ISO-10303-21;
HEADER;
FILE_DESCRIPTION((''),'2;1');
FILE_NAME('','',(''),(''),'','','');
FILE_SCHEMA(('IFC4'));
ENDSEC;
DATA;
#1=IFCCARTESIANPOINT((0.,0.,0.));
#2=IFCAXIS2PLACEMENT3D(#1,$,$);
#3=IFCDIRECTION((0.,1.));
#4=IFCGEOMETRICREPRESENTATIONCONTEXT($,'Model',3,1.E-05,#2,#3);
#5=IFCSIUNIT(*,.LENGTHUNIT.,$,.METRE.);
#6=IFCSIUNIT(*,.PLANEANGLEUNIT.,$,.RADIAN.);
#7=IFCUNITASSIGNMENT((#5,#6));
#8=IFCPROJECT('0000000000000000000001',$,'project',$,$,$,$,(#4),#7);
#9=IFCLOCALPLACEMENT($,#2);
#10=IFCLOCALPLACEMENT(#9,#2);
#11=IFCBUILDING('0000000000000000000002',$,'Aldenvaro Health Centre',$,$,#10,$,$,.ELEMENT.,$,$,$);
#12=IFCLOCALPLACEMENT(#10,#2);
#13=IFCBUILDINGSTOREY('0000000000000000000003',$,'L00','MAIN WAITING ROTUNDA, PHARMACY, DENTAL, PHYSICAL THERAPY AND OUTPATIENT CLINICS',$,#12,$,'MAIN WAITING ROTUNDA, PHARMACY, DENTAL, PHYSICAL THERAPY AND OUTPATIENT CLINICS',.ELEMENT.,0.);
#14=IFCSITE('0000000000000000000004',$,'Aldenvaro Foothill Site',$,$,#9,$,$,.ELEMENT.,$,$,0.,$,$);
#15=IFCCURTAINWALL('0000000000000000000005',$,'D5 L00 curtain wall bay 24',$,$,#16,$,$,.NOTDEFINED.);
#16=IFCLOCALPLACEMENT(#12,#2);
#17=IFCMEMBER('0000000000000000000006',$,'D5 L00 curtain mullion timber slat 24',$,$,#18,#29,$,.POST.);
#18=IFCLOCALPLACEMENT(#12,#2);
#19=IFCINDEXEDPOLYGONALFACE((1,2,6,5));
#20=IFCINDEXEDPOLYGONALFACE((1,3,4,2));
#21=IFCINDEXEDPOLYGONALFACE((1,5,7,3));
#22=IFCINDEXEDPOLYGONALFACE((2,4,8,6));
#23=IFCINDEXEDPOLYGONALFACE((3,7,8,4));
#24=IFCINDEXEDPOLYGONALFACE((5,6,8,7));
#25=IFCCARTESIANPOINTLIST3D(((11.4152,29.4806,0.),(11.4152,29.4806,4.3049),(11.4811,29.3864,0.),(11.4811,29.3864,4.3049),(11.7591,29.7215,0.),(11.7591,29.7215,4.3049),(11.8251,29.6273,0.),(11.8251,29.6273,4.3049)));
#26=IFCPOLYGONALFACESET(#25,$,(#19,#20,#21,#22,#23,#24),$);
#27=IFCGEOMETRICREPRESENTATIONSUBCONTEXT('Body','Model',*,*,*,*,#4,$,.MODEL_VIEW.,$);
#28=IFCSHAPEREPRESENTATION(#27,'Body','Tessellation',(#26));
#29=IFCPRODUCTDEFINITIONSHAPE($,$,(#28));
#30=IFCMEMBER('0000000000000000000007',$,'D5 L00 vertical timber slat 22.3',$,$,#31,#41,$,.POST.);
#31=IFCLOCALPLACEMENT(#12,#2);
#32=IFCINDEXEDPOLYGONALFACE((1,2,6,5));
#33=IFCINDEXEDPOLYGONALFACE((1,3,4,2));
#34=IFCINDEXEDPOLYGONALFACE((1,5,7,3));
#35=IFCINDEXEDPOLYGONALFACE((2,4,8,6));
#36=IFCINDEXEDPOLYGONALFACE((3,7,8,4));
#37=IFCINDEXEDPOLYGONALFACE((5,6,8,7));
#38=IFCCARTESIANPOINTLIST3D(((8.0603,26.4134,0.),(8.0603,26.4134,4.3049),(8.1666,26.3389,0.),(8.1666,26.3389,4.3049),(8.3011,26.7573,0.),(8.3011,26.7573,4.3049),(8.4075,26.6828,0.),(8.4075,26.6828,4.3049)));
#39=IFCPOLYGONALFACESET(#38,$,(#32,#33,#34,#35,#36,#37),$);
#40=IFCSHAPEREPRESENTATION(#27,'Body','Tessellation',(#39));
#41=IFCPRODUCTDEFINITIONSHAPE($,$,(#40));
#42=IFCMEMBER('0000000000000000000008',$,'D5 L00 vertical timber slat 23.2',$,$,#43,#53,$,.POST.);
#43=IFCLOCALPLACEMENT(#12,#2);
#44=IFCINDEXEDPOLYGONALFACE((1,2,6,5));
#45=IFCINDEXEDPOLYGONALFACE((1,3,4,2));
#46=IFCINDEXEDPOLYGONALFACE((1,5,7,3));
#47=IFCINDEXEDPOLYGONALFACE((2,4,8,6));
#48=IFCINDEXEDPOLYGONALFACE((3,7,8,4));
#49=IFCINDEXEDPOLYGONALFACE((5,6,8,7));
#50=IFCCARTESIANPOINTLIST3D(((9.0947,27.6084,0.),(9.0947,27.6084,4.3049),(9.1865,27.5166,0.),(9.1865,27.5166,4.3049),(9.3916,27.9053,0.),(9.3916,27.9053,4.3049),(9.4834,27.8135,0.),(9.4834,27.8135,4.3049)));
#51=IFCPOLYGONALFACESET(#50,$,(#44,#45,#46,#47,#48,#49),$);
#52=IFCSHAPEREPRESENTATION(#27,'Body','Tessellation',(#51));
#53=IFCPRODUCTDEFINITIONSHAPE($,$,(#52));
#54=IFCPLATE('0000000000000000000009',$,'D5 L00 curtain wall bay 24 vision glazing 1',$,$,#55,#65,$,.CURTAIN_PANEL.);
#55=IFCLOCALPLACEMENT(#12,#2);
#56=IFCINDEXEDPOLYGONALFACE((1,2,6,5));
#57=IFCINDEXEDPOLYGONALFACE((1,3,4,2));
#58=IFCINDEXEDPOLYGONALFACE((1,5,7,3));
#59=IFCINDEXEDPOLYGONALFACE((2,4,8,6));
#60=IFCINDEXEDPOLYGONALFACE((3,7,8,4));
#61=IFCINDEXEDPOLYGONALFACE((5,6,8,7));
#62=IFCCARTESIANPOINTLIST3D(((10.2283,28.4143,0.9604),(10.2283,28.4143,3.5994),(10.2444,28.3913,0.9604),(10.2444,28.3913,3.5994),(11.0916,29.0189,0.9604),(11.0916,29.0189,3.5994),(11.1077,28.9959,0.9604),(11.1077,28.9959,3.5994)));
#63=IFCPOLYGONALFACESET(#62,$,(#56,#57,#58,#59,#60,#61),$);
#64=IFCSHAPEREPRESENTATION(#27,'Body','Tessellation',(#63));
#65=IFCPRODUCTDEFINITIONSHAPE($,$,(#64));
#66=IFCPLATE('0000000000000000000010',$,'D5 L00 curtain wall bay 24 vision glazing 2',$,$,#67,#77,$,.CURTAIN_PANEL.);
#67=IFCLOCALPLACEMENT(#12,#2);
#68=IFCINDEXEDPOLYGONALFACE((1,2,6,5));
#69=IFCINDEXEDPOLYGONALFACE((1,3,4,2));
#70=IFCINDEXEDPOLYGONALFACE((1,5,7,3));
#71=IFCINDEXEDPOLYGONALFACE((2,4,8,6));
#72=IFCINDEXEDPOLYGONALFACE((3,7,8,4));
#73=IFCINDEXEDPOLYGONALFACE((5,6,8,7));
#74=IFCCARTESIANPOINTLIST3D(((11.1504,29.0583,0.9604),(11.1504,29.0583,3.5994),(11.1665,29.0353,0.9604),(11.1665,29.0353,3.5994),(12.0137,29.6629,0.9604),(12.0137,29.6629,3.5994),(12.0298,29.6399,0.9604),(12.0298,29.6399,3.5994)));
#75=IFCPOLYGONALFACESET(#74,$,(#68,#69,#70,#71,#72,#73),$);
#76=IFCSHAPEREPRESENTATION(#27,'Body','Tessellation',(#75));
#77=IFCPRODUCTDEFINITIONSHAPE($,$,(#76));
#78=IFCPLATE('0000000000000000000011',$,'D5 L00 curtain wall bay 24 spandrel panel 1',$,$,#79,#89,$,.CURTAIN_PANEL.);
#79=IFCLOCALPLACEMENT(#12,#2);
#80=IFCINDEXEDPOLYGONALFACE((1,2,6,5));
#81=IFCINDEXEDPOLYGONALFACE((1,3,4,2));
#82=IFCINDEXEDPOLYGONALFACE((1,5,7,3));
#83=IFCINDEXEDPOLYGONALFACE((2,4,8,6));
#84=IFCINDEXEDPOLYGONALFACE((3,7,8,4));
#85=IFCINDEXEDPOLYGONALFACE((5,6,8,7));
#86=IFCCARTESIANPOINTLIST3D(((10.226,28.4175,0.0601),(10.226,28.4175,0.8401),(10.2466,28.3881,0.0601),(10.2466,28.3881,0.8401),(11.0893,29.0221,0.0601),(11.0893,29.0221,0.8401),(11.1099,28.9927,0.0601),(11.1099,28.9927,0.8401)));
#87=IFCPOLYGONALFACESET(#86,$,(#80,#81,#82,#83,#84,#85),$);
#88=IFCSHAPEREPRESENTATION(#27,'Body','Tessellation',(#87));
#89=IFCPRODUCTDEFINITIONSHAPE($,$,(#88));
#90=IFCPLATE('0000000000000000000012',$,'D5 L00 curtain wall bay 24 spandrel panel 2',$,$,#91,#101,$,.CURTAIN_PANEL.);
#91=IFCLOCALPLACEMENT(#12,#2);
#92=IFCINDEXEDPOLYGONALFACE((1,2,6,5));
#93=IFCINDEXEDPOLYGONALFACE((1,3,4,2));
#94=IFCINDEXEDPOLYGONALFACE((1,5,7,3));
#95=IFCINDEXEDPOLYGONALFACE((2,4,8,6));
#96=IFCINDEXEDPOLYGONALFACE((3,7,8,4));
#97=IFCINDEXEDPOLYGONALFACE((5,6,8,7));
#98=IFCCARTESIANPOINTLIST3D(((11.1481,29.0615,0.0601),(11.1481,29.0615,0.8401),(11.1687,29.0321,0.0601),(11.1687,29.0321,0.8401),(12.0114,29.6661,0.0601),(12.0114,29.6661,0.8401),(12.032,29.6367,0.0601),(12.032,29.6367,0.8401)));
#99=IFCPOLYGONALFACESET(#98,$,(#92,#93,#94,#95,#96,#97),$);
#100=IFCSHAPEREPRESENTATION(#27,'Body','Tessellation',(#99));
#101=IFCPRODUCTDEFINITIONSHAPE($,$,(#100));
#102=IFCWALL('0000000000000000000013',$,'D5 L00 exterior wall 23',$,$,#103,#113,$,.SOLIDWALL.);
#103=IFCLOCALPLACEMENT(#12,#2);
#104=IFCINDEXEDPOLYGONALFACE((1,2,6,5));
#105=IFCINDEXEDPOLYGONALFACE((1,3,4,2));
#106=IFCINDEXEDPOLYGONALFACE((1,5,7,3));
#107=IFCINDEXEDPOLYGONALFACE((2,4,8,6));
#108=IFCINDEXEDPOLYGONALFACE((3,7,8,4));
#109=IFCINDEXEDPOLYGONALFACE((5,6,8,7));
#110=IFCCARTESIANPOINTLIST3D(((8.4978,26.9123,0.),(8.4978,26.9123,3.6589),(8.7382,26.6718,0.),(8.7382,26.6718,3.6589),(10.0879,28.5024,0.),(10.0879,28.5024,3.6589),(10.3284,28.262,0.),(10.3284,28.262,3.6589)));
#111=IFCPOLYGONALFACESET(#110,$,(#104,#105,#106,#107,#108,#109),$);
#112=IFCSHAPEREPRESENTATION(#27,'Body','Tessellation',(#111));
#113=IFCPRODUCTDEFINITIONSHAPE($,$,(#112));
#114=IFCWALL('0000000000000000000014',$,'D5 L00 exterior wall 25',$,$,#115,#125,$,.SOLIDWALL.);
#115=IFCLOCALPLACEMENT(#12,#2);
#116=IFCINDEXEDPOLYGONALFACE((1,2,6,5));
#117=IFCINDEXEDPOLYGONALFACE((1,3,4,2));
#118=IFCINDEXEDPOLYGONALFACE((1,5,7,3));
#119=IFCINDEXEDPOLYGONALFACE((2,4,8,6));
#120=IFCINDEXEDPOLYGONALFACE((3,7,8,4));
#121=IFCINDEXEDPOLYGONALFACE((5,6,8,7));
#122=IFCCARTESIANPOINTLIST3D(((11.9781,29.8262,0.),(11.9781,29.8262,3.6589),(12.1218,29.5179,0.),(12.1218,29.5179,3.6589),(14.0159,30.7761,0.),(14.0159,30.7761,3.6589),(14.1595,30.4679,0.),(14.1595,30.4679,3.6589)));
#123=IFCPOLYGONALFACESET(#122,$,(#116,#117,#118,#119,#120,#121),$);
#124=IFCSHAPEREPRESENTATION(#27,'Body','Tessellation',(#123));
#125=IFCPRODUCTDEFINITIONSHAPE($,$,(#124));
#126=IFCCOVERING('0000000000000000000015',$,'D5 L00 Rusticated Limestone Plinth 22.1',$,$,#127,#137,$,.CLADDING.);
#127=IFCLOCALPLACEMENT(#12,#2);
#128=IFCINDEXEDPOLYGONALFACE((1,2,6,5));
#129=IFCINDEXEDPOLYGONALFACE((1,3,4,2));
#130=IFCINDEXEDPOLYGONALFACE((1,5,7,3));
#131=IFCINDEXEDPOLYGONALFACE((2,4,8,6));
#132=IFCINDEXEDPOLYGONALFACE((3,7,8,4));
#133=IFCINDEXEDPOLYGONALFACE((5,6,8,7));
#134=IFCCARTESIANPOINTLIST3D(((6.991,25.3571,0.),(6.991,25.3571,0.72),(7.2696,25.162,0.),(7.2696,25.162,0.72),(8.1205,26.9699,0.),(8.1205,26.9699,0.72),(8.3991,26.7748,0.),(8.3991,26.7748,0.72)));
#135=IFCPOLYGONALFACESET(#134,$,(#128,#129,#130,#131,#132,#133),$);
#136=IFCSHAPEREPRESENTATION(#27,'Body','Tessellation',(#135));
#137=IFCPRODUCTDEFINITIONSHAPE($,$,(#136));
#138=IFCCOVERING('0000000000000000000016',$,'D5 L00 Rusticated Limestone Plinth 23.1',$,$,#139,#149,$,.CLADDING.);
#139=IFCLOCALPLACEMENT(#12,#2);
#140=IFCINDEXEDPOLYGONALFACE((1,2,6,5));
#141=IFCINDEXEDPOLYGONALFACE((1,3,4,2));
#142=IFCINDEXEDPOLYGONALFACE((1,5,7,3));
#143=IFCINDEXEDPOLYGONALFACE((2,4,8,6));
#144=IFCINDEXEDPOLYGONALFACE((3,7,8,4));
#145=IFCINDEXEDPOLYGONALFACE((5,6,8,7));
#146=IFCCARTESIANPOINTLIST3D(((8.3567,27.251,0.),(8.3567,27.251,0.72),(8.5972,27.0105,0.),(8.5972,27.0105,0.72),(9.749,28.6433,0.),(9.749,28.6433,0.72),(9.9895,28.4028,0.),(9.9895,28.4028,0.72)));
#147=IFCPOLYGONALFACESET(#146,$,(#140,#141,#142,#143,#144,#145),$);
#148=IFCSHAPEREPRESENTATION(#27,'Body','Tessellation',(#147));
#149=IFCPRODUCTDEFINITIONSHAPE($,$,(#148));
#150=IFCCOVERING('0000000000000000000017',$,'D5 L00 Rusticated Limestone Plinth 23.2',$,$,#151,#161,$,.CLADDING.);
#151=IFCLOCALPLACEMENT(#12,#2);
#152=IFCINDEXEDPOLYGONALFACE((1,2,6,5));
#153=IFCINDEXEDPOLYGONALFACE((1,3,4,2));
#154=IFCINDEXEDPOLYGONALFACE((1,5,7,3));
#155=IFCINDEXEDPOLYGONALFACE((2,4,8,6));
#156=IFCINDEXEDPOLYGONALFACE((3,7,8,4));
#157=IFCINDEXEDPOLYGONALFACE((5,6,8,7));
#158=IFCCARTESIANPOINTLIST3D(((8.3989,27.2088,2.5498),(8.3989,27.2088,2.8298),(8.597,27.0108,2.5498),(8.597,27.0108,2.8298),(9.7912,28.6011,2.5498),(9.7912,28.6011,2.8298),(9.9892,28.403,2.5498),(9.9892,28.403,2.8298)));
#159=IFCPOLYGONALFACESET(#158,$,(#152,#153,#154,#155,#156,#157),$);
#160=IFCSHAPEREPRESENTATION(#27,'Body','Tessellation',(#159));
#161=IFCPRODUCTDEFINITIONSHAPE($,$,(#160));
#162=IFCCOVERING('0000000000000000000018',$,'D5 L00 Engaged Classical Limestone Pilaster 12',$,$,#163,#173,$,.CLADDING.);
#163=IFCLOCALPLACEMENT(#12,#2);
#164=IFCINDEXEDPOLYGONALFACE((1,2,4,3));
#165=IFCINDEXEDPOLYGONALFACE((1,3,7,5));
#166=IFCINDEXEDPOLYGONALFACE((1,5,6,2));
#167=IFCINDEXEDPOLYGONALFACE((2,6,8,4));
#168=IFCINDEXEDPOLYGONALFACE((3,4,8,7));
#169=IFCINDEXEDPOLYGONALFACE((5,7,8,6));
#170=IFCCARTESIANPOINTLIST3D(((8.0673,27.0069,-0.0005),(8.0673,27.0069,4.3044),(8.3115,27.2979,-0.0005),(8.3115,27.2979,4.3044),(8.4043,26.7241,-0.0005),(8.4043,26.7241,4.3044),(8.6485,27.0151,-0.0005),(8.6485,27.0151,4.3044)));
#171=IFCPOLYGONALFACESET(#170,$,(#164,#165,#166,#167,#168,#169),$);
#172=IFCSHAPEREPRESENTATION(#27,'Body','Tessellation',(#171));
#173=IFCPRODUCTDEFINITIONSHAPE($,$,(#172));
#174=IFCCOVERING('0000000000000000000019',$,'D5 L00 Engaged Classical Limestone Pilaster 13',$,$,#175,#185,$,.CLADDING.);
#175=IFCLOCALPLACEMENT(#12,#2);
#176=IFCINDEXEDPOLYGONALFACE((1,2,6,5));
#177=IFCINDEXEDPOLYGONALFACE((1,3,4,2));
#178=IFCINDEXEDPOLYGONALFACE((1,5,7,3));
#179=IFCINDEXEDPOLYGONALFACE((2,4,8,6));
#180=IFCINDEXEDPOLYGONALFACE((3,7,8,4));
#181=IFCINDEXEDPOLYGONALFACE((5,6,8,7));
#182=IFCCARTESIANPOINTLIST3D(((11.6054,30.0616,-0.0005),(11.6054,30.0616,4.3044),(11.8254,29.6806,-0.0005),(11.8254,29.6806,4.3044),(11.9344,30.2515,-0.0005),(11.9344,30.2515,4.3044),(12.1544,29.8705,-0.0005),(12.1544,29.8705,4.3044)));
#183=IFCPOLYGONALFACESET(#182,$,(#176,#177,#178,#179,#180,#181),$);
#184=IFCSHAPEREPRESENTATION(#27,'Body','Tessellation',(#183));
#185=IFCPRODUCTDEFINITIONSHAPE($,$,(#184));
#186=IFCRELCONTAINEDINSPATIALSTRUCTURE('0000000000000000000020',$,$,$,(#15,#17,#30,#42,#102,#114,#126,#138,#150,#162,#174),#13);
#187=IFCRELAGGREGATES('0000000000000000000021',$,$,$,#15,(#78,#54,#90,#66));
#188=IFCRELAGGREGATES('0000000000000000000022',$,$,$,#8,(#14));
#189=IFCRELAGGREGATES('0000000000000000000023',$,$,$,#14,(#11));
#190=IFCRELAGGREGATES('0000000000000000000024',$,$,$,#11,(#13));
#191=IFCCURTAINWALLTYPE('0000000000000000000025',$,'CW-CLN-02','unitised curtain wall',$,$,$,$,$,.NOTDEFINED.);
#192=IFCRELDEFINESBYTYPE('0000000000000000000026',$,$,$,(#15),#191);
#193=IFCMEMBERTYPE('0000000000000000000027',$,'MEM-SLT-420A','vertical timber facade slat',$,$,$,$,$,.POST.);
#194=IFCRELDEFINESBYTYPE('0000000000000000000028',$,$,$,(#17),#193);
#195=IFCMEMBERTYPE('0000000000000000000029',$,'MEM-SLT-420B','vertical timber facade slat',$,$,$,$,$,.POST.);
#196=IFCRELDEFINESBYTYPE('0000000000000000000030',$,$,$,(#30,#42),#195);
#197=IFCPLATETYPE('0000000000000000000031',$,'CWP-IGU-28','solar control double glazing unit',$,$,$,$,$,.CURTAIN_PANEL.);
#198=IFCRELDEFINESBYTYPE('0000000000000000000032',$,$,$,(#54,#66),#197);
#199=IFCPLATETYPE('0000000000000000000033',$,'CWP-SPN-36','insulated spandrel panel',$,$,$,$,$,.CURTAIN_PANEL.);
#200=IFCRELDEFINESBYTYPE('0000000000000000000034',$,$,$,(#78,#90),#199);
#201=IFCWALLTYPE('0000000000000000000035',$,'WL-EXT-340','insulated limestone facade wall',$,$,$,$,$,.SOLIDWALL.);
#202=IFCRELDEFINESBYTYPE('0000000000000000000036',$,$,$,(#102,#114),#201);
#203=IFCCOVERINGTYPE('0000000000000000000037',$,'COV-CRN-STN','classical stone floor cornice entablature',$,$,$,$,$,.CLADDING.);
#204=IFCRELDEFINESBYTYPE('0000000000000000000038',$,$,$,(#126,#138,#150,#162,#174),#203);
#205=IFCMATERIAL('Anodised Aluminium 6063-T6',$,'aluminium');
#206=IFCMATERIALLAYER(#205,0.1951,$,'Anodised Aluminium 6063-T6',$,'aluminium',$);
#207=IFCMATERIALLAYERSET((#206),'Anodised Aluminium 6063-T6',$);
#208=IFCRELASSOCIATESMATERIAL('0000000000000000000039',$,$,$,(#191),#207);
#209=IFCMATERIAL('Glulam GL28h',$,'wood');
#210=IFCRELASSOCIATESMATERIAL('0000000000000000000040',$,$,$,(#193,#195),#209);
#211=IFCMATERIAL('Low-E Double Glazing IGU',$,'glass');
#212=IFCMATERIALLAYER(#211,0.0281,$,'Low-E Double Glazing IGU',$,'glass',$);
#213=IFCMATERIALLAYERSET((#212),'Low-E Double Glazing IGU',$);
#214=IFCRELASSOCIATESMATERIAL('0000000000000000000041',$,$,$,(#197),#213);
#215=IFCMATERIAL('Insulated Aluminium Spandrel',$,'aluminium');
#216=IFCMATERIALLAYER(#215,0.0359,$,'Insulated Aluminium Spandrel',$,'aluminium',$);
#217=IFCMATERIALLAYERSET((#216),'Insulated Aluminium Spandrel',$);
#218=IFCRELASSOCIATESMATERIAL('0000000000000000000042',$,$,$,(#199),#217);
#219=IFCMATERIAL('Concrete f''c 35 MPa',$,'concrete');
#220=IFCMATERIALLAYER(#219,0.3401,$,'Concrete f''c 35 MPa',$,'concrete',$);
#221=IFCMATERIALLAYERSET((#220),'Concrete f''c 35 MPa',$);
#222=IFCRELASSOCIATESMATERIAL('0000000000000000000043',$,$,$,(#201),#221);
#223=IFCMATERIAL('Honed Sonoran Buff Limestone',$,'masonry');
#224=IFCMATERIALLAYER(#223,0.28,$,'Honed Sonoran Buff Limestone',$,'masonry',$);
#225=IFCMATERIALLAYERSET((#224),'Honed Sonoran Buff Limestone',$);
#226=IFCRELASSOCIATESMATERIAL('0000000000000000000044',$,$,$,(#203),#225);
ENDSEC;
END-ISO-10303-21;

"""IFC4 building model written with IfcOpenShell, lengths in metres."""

from ifc_helpers import new_model, si_unit, direction, frame, frame_2d, origin, origin_2d, place, context, subcontext, project, spatial, rectangle, extrude, material, layer, layer_set, material_profile, profile_set, type_object, element, aggregate, save


model = new_model("IFC4")

# Units and contexts
model_context = context("Model", 3, precision=1e-05, world=origin(), true_north=direction((0.0, 1.0)))
body_context = subcontext(model_context, "Body", "Model", "MODEL_VIEW")
ifc_project = project(units=[si_unit("LENGTHUNIT", "METRE"), si_unit("PLANEANGLEUNIT", "RADIAN")], contexts=[model_context])

# Site, building, storey
site_placement = place(None, origin())
site = spatial("IfcSite", under=ifc_project, at=site_placement, Name="Aldenvaro Foothill Site", CompositionType="ELEMENT", RefElevation=0.0)
building_placement = place(site_placement, origin())
building = spatial("IfcBuilding", under=site, at=building_placement, Name="Aldenvaro Health Centre", CompositionType="ELEMENT")
storey_placement = place(building_placement, origin())
storey = spatial("IfcBuildingStorey", under=building, at=storey_placement, Name="L00", Description="MAIN WAITING ROTUNDA, PHARMACY, DENTAL, PHYSICAL THERAPY AND OUTPATIENT CLINICS", LongName="MAIN WAITING ROTUNDA, PHARMACY, DENTAL, PHYSICAL THERAPY AND OUTPATIENT CLINICS", CompositionType="ELEMENT", Elevation=0.0)

# Shared definitions
ifc_material_1 = material(Name="Glulam GL28h", Category="wood")

# Curtain wall
ifc_material_2 = material(Name="Anodised Aluminium 6063-T6", Category="aluminium")
ifc_layer_1 = layer(ifc_material_2, 0.1951, Name="Anodised Aluminium 6063-T6", Category="aluminium")
ifc_layer_set_1 = layer_set([ifc_layer_1], Name="Anodised Aluminium 6063-T6")
curtain_wall_type = type_object("IfcCurtainWallType", Name="CW-CLN-02", Description="unitised curtain wall", PredefinedType="NOTDEFINED", material=ifc_layer_set_1)
curtain_wall_placement = place(storey_placement, origin())
curtain_wall = element("IfcCurtainWall", 1, at=curtain_wall_placement, inside=storey, type_object=curtain_wall_type, Name="D5 L00 curtain wall bay 24", PredefinedType="NOTDEFINED")

# Members
ifc_material_profile_1 = material_profile(ifc_material_1, rectangle(XDim=0.115, YDim=0.4199, at=origin_2d()), Name="GL 115x420", Category="wood")
ifc_profile_set_1 = profile_set([ifc_material_profile_1], Name="Glulam GL28h")
member_type_1 = type_object("IfcMemberType", Name="MEM-SLT-420A", Description="vertical timber facade slat", PredefinedType="POST", material=ifc_profile_set_1)
for number, where, z_axis, x_axis, name in (
    (2, (11.6201, 29.554, 0.0), (0.0, 0.0, 1.0), (-0.573641, 0.819107, 0.0), "D5 L00 curtain mullion timber slat 24"),
):
    element("IfcMember", number, at=place(storey_placement, frame(where, z_axis=z_axis, x_axis=x_axis)), inside=storey, type_object=member_type_1, Name=name, PredefinedType="POST", context=body_context, shape_type="SweptSolid", body=[
        extrude(rectangle(XDim=0.115, YDim=0.4199, at=origin_2d()), origin(), (0.0, 0.0, 1.0), 4.3049),
    ])
ifc_material_profile_2 = material_profile(ifc_material_1, rectangle(XDim=0.1299, YDim=0.4199, at=origin_2d()), Name="GL 130x420", Category="wood")
ifc_profile_set_2 = profile_set([ifc_material_profile_2], Name="Glulam GL28h")
member_type_2 = type_object("IfcMemberType", Name="MEM-SLT-420B", Description="vertical timber facade slat", PredefinedType="POST", material=ifc_profile_set_2)
for number, where, z_axis, x_axis, name in (
    (3, (8.2339, 26.5481, 0.0), (0.0, 0.0, 1.0), (-0.819107, 0.573641, 0.0), "D5 L00 vertical timber slat 22.3"),
    (4, (9.2891, 27.7109, 0.0), (0.0, 0.0, 1.0), (-0.707107, 0.707107, 0.0), "D5 L00 vertical timber slat 23.2"),
):
    element("IfcMember", number, at=place(storey_placement, frame(where, z_axis=z_axis, x_axis=x_axis)), inside=storey, type_object=member_type_2, Name=name, PredefinedType="POST", context=body_context, shape_type="SweptSolid", body=[
        extrude(rectangle(XDim=0.1299, YDim=0.4199, at=origin_2d()), origin(), (0.0, 0.0, 1.0), 4.3049),
    ])

# Plates
ifc_material_3 = material(Name="Low-E Double Glazing IGU", Category="glass")
ifc_layer_2 = layer(ifc_material_3, 0.0281, Name="Low-E Double Glazing IGU", Category="glass")
ifc_layer_set_2 = layer_set([ifc_layer_2], Name="Low-E Double Glazing IGU")
plate_type_1 = type_object("IfcPlateType", Name="CWP-IGU-28", Description="solar control double glazing unit", PredefinedType="CURTAIN_PANEL", material=ifc_layer_set_2)
plate_1_placement = place(storey_placement, frame((10.668, 28.7051, 0.9604), z_axis=(0.0, 0.0, 1.0), x_axis=(0.819107, 0.573641, 0.0)))
plate_1 = element("IfcPlate", 5, at=plate_1_placement, type_object=plate_type_1, Name="D5 L00 curtain wall bay 24 vision glazing 1", PredefinedType="CURTAIN_PANEL", context=body_context, shape_type="SweptSolid", body=[
    extrude(rectangle(XDim=1.054, YDim=0.0281, at=origin_2d()), origin(), (0.0, 0.0, 1.0), 2.6389),
])
plate_2_placement = place(storey_placement, frame((11.5901, 29.3491, 0.9604), z_axis=(0.0, 0.0, 1.0), x_axis=(0.819107, 0.573641, 0.0)))
plate_2 = element("IfcPlate", 6, at=plate_2_placement, type_object=plate_type_1, Name="D5 L00 curtain wall bay 24 vision glazing 2", PredefinedType="CURTAIN_PANEL", context=body_context, shape_type="SweptSolid", body=[
    extrude(rectangle(XDim=1.054, YDim=0.0281, at=origin_2d()), origin(), (0.0, 0.0, 1.0), 2.6389),
])
ifc_material_4 = material(Name="Insulated Aluminium Spandrel", Category="aluminium")
ifc_layer_3 = layer(ifc_material_4, 0.0359, Name="Insulated Aluminium Spandrel", Category="aluminium")
ifc_layer_set_3 = layer_set([ifc_layer_3], Name="Insulated Aluminium Spandrel")
plate_type_2 = type_object("IfcPlateType", Name="CWP-SPN-36", Description="insulated spandrel panel", PredefinedType="CURTAIN_PANEL", material=ifc_layer_set_3)
plate_3_placement = place(storey_placement, frame((10.668, 28.7051, 0.0601), z_axis=(0.0, 0.0, 1.0), x_axis=(0.819107, 0.573641, 0.0)))
plate_3 = element("IfcPlate", 7, at=plate_3_placement, type_object=plate_type_2, Name="D5 L00 curtain wall bay 24 spandrel panel 1", PredefinedType="CURTAIN_PANEL", context=body_context, shape_type="SweptSolid", body=[
    extrude(rectangle(XDim=1.054, YDim=0.0359, at=origin_2d()), origin(), (0.0, 0.0, 1.0), 0.78),
])
plate_4_placement = place(storey_placement, frame((11.5901, 29.3491, 0.0601), z_axis=(0.0, 0.0, 1.0), x_axis=(0.819107, 0.573641, 0.0)))
plate_4 = element("IfcPlate", 8, at=plate_4_placement, type_object=plate_type_2, Name="D5 L00 curtain wall bay 24 spandrel panel 2", PredefinedType="CURTAIN_PANEL", context=body_context, shape_type="SweptSolid", body=[
    extrude(rectangle(XDim=1.054, YDim=0.0359, at=origin_2d()), origin(), (0.0, 0.0, 1.0), 0.78),
])
aggregate(curtain_wall, [plate_3, plate_1, plate_4, plate_2])

# Walls
ifc_material_5 = material(Name="Concrete f'c 35 MPa", Category="concrete")
ifc_layer_4 = layer(ifc_material_5, 0.3401, Name="Concrete f'c 35 MPa", Category="concrete")
ifc_layer_set_4 = layer_set([ifc_layer_4], Name="Concrete f'c 35 MPa")
wall_type = type_object("IfcWallType", Name="WL-EXT-340", Description="insulated limestone facade wall", PredefinedType="SOLIDWALL", material=ifc_layer_set_4)
wall_1_placement = place(storey_placement, frame((8.6179, 26.792, 0.0), z_axis=(0.0, 0.0, 1.0), x_axis=(0.707107, 0.707107, 0.0)))
element("IfcWall", 9, at=wall_1_placement, inside=storey, type_object=wall_type, Name="D5 L00 exterior wall 23", PredefinedType="SOLIDWALL", context=body_context, shape_type="SweptSolid", body=[
    extrude(rectangle(XDim=2.2488, YDim=0.3401, at=frame_2d((1.1245, 0.0))), origin(), (0.0, 0.0, 1.0), 3.6589),
])
wall_2_placement = place(storey_placement, frame((12.05, 29.6721, 0.0), z_axis=(0.0, 0.0, 1.0), x_axis=(0.906361, 0.422505, 0.0)))
element("IfcWall", 10, at=wall_2_placement, inside=storey, type_object=wall_type, Name="D5 L00 exterior wall 25", PredefinedType="SOLIDWALL", context=body_context, shape_type="SweptSolid", body=[
    extrude(rectangle(XDim=2.2483, YDim=0.3401, at=frame_2d((1.124, 0.0))), origin(), (0.0, 0.0, 1.0), 3.6589),
])

# Coverings
ifc_material_6 = material(Name="Honed Sonoran Buff Limestone", Category="masonry")
ifc_layer_5 = layer(ifc_material_6, 0.28, Name="Honed Sonoran Buff Limestone", Category="masonry")
ifc_layer_set_5 = layer_set([ifc_layer_5], Name="Honed Sonoran Buff Limestone")
covering_type = type_object("IfcCoveringType", Name="COV-CRN-STN", Description="classical stone floor cornice entablature", PredefinedType="CLADDING", material=ifc_layer_set_5)
for number, where, z_axis, x_axis, name in (
    (11, (7.6951, 26.0659, 0.0), (0.0, 0.0, 1.0), (0.573641, 0.819107, 0.0), "D5 L00 Rusticated Limestone Plinth 22.1"),
    (12, (9.1731, 27.8269, 0.0), (0.0, 0.0, 1.0), (0.707107, 0.707107, 0.0), "D5 L00 Rusticated Limestone Plinth 23.1"),
):
    element("IfcCovering", number, at=place(storey_placement, frame(where, z_axis=z_axis, x_axis=x_axis)), inside=storey, type_object=covering_type, Name=name, PredefinedType="CLADDING", context=body_context, shape_type="SweptSolid", body=[
        extrude(rectangle(XDim=1.969, YDim=0.3401, at=origin_2d()), origin(), (0.0, 0.0, 1.0), 0.72),
    ])
covering_placement = place(storey_placement, frame((9.1941, 27.8059, 2.5498), z_axis=(0.0, 0.0, 1.0), x_axis=(0.707107, 0.707107, 0.0)))
element("IfcCovering", 13, at=covering_placement, inside=storey, type_object=covering_type, Name="D5 L00 Rusticated Limestone Plinth 23.2", PredefinedType="CLADDING", context=body_context, shape_type="SweptSolid", body=[
    extrude(rectangle(XDim=1.969, YDim=0.28, at=origin_2d()), origin(), (0.0, 0.0, 1.0), 0.28),
])
for number, where, z_axis, x_axis, name in (
    (14, (8.3579, 27.011, -0.0005), (0.0, 0.0, 1.0), (-0.766044, 0.642788, 0.0), "D5 L00 Engaged Classical Limestone Pilaster 12"),
    (15, (11.8799, 29.9661, -0.0005), (0.0, 0.0, 1.0), (-0.499991, 0.866031, 0.0), "D5 L00 Engaged Classical Limestone Pilaster 13"),
):
    element("IfcCovering", number, at=place(storey_placement, frame(where, z_axis=z_axis, x_axis=x_axis)), inside=storey, type_object=covering_type, Name=name, PredefinedType="CLADDING", context=body_context, shape_type="SweptSolid", body=[
        extrude(rectangle(XDim=0.4399, YDim=0.3799, at=origin_2d()), origin(), (0.0, 0.0, 1.0), 4.3049),
    ])

save(model, "model.ifc")
